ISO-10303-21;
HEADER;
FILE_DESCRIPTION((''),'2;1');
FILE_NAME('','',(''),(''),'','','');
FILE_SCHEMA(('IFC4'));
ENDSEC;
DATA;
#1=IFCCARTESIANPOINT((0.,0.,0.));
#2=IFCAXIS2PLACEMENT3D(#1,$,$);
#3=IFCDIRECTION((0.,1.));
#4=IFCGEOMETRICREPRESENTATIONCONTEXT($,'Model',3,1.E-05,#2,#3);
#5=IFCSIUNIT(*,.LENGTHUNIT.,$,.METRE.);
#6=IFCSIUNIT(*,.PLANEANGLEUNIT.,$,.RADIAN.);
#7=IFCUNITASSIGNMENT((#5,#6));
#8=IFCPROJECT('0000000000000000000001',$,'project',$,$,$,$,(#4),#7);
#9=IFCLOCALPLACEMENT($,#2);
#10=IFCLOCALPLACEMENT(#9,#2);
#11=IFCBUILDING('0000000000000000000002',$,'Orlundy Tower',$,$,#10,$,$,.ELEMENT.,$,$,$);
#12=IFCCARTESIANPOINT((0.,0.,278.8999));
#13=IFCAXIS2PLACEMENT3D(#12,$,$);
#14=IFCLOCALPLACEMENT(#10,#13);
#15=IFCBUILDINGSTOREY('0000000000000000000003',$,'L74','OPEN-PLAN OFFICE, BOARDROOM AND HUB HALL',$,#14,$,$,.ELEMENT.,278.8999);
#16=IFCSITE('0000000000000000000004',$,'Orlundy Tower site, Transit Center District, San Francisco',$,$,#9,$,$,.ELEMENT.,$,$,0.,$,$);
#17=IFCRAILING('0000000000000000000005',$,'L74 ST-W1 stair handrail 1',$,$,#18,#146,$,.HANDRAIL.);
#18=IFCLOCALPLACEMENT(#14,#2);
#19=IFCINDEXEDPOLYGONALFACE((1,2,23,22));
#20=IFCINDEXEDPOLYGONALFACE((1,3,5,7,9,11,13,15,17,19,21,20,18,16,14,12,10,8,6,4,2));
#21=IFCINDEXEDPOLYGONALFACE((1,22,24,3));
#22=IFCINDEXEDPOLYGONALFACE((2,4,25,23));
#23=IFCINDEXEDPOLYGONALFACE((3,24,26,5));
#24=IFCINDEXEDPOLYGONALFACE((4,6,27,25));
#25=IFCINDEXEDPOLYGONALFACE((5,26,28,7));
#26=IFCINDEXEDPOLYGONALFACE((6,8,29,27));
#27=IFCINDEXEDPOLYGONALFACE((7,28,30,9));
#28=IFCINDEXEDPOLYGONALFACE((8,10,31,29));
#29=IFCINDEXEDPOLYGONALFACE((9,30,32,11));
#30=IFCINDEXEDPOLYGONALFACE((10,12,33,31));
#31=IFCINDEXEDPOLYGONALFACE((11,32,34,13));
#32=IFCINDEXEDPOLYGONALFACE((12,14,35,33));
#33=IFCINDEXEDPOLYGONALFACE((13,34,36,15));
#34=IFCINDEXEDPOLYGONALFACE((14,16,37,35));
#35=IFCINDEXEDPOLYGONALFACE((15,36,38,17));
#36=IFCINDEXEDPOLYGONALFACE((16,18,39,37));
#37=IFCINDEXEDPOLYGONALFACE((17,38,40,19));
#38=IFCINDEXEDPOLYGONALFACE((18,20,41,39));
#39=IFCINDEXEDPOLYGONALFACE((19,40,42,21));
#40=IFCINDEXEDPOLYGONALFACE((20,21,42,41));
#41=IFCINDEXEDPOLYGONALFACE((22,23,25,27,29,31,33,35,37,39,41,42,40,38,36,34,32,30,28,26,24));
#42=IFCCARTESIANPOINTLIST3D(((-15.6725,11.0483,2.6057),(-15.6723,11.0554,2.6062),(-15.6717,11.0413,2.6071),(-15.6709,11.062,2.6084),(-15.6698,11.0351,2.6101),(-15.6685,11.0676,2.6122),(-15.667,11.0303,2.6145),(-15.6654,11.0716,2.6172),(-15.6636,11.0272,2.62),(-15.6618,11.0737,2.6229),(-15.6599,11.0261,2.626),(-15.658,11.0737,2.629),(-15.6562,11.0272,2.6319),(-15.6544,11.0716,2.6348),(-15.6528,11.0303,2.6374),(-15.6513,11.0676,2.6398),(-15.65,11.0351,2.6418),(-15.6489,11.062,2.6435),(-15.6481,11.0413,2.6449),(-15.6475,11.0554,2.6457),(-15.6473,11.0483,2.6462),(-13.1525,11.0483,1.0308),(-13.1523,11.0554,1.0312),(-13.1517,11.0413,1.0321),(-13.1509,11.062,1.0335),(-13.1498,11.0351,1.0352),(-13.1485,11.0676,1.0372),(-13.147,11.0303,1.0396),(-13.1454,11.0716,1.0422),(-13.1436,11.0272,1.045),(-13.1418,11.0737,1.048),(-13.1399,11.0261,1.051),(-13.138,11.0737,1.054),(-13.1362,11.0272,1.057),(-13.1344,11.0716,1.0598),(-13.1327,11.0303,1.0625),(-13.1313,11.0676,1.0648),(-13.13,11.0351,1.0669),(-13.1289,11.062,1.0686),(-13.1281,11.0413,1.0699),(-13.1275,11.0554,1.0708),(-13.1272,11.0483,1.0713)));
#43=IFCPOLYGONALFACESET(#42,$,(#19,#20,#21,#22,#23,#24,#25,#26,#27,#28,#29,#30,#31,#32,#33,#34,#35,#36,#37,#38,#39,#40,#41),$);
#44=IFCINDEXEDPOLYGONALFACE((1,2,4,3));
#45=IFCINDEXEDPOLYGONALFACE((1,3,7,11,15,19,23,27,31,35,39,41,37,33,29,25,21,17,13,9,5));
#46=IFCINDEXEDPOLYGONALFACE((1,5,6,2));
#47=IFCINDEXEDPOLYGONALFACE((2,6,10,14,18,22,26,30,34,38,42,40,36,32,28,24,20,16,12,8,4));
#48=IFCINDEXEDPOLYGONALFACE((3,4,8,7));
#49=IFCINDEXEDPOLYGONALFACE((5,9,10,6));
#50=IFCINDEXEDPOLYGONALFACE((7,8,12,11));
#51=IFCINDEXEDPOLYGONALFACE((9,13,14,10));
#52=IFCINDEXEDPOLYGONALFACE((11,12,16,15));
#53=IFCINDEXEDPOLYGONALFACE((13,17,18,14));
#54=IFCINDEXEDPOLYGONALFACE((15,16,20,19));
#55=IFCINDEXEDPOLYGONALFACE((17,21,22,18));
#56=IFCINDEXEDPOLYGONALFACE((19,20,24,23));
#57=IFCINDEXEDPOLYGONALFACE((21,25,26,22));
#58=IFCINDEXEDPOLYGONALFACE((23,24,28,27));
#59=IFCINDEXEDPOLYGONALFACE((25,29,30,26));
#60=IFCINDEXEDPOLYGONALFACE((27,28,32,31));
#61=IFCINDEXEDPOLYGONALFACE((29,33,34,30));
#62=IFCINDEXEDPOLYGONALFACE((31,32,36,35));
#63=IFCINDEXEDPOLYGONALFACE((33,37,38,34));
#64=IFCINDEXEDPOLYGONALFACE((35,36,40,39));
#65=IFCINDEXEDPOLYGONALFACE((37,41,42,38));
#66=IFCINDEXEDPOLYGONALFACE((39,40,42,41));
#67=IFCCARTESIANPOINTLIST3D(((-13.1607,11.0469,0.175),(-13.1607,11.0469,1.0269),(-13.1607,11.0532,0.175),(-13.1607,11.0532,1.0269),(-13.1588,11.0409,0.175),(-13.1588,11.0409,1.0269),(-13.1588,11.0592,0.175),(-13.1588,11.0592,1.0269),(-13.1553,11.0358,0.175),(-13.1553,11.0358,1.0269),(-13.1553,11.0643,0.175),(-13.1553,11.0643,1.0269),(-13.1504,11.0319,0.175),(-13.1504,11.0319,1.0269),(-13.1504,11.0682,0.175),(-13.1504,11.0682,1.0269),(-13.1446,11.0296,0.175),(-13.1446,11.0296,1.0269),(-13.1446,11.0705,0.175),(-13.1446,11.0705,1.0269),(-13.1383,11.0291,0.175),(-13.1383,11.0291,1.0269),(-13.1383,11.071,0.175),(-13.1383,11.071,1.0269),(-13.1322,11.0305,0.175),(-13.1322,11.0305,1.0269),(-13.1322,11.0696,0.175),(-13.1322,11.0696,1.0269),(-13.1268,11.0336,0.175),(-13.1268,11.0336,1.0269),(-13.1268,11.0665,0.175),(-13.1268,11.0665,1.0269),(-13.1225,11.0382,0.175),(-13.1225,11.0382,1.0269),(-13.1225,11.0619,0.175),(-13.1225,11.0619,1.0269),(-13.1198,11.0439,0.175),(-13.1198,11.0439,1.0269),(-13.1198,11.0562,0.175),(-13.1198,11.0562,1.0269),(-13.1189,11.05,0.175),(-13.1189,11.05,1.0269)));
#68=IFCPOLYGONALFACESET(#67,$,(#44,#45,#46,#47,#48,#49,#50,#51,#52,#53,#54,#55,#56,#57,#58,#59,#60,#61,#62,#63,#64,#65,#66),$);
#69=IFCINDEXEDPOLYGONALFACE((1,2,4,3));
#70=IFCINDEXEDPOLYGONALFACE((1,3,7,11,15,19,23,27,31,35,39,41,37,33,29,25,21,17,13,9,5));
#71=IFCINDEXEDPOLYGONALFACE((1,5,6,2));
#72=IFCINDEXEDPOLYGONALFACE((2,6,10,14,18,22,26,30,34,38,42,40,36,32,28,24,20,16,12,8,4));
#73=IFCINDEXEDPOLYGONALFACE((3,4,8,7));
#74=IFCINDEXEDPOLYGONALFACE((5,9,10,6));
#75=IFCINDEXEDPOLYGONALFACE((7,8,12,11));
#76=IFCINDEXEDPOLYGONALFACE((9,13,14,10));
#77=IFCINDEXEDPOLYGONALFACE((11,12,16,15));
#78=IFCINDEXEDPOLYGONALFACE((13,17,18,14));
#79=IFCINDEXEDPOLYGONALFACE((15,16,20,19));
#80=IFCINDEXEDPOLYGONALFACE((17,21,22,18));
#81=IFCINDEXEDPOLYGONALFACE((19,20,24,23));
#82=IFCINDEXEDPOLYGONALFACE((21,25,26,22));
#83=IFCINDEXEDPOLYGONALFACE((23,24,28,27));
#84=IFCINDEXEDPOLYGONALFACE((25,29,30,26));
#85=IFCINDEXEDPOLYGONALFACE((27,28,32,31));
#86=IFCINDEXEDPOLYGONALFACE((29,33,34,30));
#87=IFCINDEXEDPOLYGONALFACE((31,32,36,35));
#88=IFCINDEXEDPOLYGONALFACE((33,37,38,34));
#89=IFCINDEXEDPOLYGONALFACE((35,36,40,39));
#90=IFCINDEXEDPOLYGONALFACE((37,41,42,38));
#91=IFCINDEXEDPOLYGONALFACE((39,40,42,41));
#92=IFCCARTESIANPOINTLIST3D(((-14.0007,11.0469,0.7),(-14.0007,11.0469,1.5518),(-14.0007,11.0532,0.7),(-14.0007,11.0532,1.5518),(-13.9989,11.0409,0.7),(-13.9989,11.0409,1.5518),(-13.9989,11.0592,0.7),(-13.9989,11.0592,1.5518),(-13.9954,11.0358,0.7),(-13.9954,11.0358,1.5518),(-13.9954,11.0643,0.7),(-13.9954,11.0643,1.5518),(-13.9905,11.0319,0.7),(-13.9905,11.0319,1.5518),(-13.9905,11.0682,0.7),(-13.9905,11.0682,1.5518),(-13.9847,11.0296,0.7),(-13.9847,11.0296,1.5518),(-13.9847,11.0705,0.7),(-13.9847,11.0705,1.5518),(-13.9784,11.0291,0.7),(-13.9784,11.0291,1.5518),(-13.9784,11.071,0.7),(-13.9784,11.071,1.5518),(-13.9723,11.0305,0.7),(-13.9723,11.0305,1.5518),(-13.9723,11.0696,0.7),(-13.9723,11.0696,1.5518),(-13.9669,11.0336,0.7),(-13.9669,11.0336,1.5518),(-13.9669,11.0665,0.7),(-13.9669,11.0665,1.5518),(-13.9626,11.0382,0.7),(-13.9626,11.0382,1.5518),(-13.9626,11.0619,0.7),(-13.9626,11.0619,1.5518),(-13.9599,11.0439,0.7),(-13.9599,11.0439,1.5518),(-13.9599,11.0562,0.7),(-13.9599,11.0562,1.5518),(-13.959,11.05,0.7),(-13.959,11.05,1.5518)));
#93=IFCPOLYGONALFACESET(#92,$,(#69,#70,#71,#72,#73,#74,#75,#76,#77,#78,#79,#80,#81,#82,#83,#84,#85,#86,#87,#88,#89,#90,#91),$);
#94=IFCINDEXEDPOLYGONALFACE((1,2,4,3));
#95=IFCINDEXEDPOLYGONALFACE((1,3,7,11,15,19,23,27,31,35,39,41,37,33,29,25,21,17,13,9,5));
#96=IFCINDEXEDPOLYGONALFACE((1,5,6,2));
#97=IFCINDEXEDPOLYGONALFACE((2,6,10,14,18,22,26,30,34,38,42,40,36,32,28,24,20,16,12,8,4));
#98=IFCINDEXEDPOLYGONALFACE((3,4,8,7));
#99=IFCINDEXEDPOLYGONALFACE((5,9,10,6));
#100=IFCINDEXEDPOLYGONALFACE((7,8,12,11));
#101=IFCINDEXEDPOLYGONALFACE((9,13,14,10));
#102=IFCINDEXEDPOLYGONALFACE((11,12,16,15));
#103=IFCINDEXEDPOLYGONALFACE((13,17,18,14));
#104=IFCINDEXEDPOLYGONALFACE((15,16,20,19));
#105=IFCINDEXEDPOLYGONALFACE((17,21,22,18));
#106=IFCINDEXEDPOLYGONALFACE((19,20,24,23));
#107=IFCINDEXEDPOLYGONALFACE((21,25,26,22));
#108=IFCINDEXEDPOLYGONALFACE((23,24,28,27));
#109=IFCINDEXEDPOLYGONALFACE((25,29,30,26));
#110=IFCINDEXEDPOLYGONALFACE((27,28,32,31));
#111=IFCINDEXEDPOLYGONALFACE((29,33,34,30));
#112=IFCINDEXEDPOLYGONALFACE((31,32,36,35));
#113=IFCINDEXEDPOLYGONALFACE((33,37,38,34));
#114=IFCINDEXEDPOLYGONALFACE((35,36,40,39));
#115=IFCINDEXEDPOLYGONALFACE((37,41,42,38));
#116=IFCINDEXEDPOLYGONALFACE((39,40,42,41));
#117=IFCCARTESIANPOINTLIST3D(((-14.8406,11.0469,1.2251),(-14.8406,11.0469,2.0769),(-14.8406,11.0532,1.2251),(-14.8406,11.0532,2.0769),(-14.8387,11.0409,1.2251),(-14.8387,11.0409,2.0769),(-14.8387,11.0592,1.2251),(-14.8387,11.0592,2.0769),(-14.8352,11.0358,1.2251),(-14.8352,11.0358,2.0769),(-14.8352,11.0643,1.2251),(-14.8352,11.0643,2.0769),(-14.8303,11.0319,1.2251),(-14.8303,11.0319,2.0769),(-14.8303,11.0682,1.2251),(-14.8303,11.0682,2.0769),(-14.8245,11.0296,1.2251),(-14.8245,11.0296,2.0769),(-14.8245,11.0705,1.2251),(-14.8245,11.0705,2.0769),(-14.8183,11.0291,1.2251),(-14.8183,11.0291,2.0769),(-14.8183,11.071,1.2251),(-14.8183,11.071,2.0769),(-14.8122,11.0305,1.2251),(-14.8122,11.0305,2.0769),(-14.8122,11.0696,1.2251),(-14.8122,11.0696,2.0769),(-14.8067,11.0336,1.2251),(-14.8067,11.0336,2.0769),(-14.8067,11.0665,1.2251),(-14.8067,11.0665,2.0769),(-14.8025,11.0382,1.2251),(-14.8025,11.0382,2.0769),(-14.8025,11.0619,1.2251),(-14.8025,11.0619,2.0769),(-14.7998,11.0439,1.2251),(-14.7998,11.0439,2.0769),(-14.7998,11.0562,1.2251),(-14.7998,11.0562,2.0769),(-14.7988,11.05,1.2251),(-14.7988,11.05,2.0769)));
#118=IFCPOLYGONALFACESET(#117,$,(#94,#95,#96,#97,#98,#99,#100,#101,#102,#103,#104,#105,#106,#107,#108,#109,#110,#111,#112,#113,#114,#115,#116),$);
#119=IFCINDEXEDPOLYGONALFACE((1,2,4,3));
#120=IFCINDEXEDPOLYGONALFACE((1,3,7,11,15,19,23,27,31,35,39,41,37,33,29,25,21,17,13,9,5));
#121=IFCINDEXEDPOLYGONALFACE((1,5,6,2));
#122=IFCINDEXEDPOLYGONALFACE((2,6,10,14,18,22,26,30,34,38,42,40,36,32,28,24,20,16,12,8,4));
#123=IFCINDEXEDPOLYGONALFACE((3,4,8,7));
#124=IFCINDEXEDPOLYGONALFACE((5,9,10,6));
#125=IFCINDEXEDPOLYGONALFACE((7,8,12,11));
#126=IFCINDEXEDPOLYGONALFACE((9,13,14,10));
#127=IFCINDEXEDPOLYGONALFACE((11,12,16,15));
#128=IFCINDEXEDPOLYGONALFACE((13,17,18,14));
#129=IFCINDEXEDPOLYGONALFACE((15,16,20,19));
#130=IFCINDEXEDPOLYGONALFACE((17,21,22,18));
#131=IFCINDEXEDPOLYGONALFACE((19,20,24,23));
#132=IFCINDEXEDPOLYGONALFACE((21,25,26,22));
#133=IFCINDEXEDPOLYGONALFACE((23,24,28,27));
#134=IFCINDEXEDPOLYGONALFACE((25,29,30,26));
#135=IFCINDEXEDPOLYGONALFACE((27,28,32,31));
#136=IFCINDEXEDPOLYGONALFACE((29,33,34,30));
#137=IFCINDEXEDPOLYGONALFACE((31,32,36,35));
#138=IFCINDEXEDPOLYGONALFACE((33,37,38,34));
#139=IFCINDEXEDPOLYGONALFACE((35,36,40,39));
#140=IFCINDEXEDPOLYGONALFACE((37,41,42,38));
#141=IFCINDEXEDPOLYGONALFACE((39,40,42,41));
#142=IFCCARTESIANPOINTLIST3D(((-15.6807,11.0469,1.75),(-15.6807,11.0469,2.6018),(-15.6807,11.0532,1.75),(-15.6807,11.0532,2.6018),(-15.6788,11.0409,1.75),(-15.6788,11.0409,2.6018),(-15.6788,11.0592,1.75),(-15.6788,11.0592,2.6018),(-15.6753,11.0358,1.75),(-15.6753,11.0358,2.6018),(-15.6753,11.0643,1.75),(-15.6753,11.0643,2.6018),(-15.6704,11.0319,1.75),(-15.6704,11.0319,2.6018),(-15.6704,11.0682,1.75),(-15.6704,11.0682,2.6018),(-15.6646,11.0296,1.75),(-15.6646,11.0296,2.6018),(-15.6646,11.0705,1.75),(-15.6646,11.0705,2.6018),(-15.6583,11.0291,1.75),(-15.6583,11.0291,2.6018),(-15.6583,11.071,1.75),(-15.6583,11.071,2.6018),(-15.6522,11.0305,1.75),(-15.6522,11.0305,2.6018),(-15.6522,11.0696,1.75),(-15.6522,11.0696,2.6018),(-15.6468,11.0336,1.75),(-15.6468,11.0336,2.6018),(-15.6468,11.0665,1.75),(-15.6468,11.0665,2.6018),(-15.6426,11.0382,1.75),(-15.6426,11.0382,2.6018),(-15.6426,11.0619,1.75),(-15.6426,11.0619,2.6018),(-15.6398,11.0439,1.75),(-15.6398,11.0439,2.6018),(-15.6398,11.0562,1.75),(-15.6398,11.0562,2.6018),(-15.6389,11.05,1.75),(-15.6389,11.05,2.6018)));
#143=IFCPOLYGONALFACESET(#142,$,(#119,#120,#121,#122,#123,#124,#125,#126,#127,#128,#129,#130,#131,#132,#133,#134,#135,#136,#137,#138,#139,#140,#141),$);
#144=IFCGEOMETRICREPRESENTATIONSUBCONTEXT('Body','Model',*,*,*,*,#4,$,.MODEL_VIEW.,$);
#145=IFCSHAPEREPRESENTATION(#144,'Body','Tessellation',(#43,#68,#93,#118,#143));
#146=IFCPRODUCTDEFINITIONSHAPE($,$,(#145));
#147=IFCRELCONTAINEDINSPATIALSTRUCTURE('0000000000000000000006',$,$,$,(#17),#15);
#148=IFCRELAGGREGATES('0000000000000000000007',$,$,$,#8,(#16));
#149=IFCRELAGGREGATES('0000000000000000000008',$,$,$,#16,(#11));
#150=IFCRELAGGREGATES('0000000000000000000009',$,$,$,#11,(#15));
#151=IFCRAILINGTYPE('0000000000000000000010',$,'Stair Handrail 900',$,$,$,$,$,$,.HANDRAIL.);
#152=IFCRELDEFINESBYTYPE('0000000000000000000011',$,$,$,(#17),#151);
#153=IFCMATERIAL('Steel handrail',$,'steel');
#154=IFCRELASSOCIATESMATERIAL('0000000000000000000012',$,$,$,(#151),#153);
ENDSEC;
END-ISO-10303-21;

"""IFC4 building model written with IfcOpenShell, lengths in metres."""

from ifc_helpers import new_model, si_unit, direction, frame, origin, origin_2d, place, context, subcontext, project, spatial, circle, extrude, material, type_object, element, save


model = new_model("IFC4")

# Units and contexts
model_context = context("Model", 3, precision=1e-05, world=origin(), true_north=direction((0.0, 1.0)))
body_context = subcontext(model_context, "Body", "Model", "MODEL_VIEW")
ifc_project = project(units=[si_unit("LENGTHUNIT", "METRE"), si_unit("PLANEANGLEUNIT", "RADIAN")], contexts=[model_context])

# Site, building, storey
site_placement = place(None, origin())
site = spatial("IfcSite", under=ifc_project, at=site_placement, Name="Orlundy Tower site, Transit Center District, San Francisco", CompositionType="ELEMENT", RefElevation=0.0)
building_placement = place(site_placement, origin())
building = spatial("IfcBuilding", under=site, at=building_placement, Name="Orlundy Tower", CompositionType="ELEMENT")
storey_placement = place(building_placement, frame((0.0, 0.0, 278.8999)))
storey = spatial("IfcBuildingStorey", under=building, at=storey_placement, Name="L74", Description="OPEN-PLAN OFFICE, BOARDROOM AND HUB HALL", CompositionType="ELEMENT", Elevation=278.8999)

# Railing
ifc_material_1 = material(Name="Steel handrail", Category="steel")
railing_type_1 = type_object("IfcRailingType", Name="Stair Handrail 900", PredefinedType="HANDRAIL", material=ifc_material_1)
railing_1_placement = place(storey_placement, frame((-13.1399, 11.05, 0.175)))
element("IfcRailing", 1, at=railing_1_placement, inside=storey, type_object=railing_type_1, Name="L74 ST-W1 stair handrail 1", PredefinedType="HANDRAIL", context=body_context, shape_type="SweptSolid", body=[
    extrude(circle(Radius=0.0239, at=origin_2d()), frame((0.0, 0.0, 0.876), z_axis=(-0.848008, 0.0, 0.529984), x_axis=(0.0, -1.0, 0.0)), (0.0, 0.0, 1.0), 2.9717),
    extrude(circle(Radius=0.021, at=origin_2d()), origin(), (0.0, 0.0, 1.0), 0.8518),
    extrude(circle(Radius=0.021, at=origin_2d()), frame((-0.8401, 0.0, 0.5249)), (0.0, 0.0, 1.0), 0.8518),
    extrude(circle(Radius=0.021, at=origin_2d()), frame((-1.6799, 0.0, 1.05)), (0.0, 0.0, 1.0), 0.8518),
    extrude(circle(Radius=0.021, at=origin_2d()), frame((-2.52, 0.0, 1.575)), (0.0, 0.0, 1.0), 0.8518),
])

save(model, "model.ifc")
